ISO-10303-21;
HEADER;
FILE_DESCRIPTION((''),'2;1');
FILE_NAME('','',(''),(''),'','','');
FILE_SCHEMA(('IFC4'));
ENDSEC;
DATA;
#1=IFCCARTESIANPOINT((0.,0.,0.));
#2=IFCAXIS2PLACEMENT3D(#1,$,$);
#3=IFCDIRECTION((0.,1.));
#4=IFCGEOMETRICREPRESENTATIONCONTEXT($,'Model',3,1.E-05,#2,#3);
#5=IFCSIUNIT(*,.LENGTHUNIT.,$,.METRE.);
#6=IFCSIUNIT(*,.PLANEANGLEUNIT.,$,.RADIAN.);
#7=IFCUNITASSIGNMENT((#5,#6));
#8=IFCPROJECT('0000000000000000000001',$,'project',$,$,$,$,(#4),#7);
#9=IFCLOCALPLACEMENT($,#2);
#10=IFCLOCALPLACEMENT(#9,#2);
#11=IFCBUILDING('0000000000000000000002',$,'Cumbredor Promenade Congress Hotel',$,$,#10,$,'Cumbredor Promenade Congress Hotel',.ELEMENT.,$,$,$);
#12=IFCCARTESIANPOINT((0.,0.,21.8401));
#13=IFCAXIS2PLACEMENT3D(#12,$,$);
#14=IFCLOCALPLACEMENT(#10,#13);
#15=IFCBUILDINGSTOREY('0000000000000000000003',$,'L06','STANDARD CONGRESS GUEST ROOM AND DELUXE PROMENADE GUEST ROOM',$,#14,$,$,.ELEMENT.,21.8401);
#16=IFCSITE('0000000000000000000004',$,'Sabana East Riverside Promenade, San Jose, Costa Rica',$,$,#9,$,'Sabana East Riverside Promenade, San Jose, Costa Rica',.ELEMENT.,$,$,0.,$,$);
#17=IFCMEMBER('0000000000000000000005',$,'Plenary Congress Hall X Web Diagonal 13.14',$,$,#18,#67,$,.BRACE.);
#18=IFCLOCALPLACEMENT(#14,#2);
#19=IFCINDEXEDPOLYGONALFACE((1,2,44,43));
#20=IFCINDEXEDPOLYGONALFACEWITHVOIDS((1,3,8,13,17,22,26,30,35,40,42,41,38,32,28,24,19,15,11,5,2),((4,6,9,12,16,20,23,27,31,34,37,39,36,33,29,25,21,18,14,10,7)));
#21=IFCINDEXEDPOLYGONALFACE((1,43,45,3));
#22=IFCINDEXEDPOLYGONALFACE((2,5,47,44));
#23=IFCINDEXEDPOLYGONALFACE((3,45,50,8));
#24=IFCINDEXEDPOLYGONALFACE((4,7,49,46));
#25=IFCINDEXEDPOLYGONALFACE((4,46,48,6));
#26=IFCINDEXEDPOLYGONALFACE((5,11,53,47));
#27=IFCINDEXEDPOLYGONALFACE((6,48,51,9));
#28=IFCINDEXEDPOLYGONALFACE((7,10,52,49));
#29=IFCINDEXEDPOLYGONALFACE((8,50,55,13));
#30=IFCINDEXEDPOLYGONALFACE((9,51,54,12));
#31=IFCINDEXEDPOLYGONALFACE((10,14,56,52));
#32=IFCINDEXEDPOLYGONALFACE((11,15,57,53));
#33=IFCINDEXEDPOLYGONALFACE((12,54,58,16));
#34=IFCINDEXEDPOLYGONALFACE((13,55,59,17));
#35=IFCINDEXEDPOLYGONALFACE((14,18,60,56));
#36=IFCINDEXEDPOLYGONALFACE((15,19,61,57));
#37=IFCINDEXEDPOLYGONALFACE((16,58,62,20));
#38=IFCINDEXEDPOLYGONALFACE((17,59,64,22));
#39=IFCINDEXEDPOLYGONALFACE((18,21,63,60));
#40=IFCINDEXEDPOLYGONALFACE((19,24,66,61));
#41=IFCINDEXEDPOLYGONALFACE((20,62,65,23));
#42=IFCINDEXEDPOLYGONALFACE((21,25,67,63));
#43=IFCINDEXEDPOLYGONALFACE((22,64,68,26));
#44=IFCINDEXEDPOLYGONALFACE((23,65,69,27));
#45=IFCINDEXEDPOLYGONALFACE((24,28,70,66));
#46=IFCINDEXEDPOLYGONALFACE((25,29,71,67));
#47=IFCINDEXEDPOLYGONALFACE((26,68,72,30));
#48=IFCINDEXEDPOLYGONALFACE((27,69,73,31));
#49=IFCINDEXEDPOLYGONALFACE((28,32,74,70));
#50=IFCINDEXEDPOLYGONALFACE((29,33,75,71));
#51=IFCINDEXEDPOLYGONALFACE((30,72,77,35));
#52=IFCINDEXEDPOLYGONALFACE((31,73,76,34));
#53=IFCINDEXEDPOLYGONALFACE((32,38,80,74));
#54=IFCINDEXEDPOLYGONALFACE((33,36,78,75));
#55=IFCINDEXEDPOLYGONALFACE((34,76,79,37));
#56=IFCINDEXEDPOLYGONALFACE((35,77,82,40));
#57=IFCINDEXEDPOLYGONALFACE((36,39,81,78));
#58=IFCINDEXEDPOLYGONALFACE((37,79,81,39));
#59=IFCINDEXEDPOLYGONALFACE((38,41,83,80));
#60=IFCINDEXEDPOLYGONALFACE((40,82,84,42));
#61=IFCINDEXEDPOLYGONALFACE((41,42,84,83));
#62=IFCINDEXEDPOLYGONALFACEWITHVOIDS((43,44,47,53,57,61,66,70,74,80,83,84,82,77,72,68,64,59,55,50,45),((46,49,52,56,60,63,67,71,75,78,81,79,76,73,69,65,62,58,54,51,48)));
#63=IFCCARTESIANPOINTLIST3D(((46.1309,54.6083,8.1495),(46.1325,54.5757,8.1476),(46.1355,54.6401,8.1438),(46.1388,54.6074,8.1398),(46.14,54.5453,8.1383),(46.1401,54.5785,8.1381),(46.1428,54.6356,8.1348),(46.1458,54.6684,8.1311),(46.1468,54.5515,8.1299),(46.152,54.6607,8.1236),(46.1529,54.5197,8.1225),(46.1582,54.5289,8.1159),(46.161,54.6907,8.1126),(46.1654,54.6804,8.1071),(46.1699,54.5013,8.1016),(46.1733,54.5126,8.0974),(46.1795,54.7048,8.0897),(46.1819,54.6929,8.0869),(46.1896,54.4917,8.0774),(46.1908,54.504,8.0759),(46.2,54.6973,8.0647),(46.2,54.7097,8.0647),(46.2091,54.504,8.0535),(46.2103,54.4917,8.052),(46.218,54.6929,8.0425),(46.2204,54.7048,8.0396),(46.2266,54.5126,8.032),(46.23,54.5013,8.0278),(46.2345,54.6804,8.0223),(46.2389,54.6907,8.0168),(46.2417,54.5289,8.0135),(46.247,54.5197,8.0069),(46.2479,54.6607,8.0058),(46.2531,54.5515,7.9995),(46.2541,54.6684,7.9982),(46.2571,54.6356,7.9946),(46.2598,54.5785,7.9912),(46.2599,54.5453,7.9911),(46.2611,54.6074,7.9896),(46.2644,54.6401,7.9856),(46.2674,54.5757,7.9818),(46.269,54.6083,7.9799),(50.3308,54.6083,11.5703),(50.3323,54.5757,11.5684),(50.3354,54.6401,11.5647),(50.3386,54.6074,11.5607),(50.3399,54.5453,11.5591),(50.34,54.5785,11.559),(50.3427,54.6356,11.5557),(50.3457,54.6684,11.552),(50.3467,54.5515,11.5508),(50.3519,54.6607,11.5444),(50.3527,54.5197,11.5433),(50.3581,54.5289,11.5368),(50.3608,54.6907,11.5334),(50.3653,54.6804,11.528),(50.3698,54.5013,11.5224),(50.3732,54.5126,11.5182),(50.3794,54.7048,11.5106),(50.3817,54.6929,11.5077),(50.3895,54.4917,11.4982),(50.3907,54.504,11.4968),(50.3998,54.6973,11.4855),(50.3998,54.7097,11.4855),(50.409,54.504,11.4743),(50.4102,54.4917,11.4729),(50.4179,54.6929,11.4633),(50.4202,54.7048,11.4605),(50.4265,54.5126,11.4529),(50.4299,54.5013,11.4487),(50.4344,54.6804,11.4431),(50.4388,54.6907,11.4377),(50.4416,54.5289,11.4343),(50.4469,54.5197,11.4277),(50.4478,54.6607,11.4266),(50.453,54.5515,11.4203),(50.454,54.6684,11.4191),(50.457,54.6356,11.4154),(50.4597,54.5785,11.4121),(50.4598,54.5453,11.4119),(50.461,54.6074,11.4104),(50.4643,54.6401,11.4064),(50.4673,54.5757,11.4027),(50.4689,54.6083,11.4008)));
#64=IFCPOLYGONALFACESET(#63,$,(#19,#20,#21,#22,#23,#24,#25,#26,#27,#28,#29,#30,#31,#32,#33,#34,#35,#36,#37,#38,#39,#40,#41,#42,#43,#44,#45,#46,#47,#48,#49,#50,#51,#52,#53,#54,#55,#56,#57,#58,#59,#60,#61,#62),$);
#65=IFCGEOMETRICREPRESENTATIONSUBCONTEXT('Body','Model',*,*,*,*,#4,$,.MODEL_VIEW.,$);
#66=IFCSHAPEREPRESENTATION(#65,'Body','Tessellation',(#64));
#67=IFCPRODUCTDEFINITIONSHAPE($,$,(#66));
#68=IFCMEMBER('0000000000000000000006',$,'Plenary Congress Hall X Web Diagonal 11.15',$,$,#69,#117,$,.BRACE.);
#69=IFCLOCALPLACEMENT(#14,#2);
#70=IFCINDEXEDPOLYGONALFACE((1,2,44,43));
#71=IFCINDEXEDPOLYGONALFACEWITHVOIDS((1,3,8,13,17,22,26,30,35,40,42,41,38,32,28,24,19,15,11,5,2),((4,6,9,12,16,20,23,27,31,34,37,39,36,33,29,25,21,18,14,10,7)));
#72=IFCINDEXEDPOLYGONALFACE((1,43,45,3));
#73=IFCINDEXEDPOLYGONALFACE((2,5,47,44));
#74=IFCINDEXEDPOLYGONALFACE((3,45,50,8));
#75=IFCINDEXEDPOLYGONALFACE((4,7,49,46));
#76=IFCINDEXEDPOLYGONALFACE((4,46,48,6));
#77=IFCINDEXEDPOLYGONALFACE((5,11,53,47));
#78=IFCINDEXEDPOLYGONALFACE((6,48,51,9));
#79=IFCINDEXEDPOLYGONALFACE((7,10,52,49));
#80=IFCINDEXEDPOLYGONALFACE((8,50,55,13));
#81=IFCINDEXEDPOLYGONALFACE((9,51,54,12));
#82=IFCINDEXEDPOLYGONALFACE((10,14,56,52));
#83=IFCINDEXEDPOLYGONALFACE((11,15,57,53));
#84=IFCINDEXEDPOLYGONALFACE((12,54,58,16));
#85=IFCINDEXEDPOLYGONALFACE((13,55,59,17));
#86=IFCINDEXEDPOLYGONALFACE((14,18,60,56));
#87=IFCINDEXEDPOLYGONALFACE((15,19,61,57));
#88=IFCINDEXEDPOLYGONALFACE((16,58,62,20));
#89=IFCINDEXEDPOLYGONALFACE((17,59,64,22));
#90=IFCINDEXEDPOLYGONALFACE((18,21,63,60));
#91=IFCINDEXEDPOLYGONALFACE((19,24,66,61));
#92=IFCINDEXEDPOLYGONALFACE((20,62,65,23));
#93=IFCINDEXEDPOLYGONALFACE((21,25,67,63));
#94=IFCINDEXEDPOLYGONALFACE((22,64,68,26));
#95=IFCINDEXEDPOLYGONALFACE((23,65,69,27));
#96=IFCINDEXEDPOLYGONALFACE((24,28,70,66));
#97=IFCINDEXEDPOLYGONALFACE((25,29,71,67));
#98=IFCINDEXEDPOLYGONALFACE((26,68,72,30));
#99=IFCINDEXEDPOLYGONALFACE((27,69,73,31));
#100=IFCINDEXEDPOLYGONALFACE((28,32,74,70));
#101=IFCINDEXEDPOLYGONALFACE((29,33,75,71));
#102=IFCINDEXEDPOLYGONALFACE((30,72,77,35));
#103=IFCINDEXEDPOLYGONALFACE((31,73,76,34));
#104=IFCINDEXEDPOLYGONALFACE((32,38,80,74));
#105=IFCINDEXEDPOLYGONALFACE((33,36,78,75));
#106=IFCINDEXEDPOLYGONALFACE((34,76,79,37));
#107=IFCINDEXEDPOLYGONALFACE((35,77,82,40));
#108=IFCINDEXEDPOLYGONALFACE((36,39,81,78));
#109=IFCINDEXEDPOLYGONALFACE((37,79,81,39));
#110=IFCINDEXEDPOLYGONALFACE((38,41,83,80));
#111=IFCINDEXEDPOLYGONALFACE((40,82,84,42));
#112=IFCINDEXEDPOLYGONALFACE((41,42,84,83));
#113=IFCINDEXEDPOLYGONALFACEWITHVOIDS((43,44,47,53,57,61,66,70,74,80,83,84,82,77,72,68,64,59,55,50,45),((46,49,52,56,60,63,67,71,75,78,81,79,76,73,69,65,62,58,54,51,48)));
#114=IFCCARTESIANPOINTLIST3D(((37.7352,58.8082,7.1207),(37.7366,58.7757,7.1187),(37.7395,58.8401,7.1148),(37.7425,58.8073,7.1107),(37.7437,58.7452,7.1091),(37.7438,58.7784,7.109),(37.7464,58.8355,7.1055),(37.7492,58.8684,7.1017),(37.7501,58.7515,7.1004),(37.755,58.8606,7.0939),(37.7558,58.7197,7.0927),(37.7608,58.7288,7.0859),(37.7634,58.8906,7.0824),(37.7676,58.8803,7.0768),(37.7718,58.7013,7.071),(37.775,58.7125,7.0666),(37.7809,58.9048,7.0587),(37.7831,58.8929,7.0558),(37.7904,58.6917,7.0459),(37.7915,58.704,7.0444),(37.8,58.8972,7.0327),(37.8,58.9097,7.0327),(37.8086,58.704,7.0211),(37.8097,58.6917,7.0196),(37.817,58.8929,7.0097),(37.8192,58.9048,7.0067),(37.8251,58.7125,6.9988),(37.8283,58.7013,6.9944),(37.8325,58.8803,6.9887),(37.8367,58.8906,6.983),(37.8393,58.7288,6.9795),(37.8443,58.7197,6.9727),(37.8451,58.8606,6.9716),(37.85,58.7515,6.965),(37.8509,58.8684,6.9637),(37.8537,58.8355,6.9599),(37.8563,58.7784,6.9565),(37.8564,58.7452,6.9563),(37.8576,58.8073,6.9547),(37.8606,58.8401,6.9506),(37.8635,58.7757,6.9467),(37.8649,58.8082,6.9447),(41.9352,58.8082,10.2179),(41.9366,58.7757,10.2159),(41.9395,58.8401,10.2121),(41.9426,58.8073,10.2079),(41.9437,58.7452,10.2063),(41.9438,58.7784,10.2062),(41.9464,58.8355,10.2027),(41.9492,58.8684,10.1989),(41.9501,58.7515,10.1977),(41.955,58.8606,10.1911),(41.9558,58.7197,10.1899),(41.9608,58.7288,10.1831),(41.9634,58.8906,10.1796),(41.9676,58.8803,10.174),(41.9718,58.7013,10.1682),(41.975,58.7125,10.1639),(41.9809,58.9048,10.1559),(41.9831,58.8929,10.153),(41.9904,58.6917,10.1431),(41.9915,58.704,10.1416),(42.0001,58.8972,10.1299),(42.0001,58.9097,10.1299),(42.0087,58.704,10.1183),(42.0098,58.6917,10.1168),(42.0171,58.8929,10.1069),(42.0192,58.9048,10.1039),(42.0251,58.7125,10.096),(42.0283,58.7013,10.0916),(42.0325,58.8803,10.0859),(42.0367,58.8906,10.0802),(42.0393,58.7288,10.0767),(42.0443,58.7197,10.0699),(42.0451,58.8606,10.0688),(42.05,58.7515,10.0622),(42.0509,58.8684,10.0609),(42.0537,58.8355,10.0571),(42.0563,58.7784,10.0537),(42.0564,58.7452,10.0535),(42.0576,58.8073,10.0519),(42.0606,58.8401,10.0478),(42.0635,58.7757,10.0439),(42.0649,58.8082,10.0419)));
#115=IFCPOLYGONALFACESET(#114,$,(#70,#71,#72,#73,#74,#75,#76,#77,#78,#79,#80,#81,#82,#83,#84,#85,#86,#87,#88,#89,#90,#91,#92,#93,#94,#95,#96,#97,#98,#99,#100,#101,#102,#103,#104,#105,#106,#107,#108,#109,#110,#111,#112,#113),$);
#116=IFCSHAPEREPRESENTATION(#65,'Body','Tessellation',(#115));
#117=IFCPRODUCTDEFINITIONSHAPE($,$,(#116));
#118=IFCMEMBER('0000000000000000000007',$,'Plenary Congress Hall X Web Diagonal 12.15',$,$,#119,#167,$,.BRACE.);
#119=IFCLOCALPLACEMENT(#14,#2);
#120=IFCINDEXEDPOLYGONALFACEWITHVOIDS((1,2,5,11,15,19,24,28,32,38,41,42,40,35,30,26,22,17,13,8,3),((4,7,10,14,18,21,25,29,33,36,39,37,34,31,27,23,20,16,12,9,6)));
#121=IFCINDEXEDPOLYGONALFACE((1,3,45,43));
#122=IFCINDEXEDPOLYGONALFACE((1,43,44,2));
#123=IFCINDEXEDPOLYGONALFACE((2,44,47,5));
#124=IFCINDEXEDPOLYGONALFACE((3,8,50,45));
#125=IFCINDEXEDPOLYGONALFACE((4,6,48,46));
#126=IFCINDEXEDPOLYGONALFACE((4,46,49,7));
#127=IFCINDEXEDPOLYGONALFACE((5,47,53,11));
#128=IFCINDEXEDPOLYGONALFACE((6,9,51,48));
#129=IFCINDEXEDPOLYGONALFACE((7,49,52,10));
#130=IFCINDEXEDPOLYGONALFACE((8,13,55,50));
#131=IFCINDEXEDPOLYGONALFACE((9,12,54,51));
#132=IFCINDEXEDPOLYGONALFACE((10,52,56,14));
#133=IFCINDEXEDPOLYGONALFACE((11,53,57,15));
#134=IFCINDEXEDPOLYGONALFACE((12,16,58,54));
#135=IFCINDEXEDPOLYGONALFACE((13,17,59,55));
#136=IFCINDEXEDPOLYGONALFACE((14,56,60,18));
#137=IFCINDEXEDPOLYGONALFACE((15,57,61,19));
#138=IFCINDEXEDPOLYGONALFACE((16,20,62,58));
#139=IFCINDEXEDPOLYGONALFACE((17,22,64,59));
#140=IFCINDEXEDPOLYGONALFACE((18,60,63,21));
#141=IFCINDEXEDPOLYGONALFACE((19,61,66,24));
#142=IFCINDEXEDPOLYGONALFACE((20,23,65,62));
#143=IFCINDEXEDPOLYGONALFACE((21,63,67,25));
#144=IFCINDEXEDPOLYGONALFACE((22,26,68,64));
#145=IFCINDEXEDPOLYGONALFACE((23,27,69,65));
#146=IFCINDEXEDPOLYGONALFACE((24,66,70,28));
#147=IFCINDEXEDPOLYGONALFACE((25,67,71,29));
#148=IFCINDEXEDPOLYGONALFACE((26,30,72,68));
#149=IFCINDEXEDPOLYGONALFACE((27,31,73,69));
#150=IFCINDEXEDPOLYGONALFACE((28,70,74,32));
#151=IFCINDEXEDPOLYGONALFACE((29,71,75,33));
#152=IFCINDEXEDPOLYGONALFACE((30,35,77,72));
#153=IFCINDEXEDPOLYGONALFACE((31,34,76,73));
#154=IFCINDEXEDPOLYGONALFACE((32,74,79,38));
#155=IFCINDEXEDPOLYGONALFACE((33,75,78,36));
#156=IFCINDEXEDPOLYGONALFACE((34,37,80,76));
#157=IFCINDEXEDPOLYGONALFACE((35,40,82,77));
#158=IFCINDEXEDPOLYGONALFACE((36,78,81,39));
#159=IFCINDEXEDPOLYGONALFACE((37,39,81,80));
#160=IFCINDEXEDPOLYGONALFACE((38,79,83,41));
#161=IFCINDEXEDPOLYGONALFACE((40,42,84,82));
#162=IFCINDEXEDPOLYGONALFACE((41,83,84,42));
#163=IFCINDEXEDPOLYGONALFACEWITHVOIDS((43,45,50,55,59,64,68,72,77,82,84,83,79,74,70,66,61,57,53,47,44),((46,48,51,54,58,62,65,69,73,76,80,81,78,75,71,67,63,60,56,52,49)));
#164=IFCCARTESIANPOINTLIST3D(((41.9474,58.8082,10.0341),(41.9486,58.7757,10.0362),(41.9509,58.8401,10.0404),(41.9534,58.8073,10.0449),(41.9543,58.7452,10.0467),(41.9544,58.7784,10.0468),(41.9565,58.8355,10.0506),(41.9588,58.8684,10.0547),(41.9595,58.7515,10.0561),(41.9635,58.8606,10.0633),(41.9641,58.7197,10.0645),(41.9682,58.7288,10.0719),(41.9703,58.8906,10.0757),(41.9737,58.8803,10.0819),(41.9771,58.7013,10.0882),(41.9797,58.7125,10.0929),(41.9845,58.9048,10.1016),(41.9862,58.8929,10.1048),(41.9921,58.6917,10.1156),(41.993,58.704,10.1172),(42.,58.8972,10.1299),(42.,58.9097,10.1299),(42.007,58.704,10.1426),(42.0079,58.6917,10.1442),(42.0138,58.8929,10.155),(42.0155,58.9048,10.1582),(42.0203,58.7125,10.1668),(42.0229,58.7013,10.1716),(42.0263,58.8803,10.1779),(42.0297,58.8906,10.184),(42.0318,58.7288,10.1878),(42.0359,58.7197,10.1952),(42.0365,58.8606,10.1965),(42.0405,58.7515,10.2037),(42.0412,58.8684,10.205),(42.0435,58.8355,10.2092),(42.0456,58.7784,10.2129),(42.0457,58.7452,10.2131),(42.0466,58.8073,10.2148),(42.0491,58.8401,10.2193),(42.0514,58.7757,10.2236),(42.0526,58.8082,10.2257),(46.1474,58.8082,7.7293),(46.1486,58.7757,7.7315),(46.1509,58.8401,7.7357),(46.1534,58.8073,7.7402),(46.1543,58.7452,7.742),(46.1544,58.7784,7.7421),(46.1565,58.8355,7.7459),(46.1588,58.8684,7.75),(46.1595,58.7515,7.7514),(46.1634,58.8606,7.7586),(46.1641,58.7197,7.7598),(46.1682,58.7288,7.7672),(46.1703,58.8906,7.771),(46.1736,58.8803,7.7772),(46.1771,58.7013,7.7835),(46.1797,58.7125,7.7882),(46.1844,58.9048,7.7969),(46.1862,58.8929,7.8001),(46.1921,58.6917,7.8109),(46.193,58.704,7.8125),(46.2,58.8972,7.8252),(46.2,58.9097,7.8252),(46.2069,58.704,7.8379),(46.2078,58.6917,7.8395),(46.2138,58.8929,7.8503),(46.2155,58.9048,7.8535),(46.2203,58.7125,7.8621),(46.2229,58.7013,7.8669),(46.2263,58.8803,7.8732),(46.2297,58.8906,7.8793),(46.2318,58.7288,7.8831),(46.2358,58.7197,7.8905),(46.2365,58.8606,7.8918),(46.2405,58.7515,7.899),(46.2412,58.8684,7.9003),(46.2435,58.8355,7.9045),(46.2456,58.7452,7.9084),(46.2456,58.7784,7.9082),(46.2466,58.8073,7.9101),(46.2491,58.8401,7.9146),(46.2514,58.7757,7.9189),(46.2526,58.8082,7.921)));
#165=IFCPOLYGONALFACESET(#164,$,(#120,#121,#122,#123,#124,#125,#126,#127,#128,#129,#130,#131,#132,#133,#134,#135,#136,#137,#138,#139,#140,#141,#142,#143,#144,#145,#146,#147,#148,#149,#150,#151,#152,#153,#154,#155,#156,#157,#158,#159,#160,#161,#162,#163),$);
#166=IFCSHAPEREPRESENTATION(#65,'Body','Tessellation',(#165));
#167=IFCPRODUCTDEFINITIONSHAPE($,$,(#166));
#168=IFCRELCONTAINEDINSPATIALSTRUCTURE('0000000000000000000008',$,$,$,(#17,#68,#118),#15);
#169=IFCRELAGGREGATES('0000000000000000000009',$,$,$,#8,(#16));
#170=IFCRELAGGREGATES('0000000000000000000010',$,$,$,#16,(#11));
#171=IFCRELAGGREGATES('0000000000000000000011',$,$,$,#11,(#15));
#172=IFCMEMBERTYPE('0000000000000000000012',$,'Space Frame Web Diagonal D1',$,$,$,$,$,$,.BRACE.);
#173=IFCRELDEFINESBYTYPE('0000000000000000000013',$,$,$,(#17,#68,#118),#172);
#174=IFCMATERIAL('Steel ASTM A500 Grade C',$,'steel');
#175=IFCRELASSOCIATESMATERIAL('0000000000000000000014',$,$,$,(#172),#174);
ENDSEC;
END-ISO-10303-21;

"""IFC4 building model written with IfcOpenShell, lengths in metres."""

from ifc_helpers import new_model, si_unit, direction, frame, origin, origin_2d, place, context, subcontext, project, spatial, hollow_circle, extrude, material, material_profile, profile_set, type_object, element, save


model = new_model("IFC4")

# Units and contexts
model_context = context("Model", 3, precision=1e-05, world=origin(), true_north=direction((0.0, 1.0)))
body_context = subcontext(model_context, "Body", "Model", "MODEL_VIEW")
ifc_project = project(units=[si_unit("LENGTHUNIT", "METRE"), si_unit("PLANEANGLEUNIT", "RADIAN")], contexts=[model_context])

# Site, building, storey
site_placement = place(None, origin())
site = spatial("IfcSite", under=ifc_project, at=site_placement, Name="Sabana East Riverside Promenade, San Jose, Costa Rica", LongName="Sabana East Riverside Promenade, San Jose, Costa Rica", CompositionType="ELEMENT", RefElevation=0.0)
building_placement = place(site_placement, origin())
building = spatial("IfcBuilding", under=site, at=building_placement, Name="Cumbredor Promenade Congress Hotel", LongName="Cumbredor Promenade Congress Hotel", CompositionType="ELEMENT")
storey_placement = place(building_placement, frame((0.0, 0.0, 21.8401)))
storey = spatial("IfcBuildingStorey", under=building, at=storey_placement, Name="L06", Description="STANDARD CONGRESS GUEST ROOM AND DELUXE PROMENADE GUEST ROOM", CompositionType="ELEMENT", Elevation=21.8401)

# Members
ifc_material_1 = material(Name="Steel ASTM A500 Grade C", Category="steel")
ifc_material_profile_1 = material_profile(ifc_material_1, hollow_circle(Radius=0.1096, WallThickness=0.0125, at=origin_2d()), Name="CHS 219.1x12.5")
ifc_profile_set_1 = profile_set([ifc_material_profile_1], Name="Steel ASTM A500 Grade C")
member_type_1 = type_object("IfcMemberType", Name="Space Frame Web Diagonal D1", PredefinedType="BRACE", material=ifc_profile_set_1)
member_1_placement = place(storey_placement, frame((46.2, 54.6001, 8.0647), z_axis=(0.775351, 0.0, 0.63153), x_axis=(0.0, 1.0, 0.0)))
element("IfcMember", 1, at=member_1_placement, inside=storey, type_object=member_type_1, Name="Plenary Congress Hall X Web Diagonal 13.14", PredefinedType="BRACE", context=body_context, shape_type="SweptSolid", body=[
    extrude(hollow_circle(Radius=0.1096, WallThickness=0.0125, at=origin_2d()), origin(), (0.0, 0.0, 1.0), 5.4167),
])
member_2_placement = place(storey_placement, frame((37.8, 58.8, 7.0327), z_axis=(0.80483, 0.0, 0.593505), x_axis=(0.0, 1.0, 0.0)))
element("IfcMember", 2, at=member_2_placement, inside=storey, type_object=member_type_1, Name="Plenary Congress Hall X Web Diagonal 11.15", PredefinedType="BRACE", context=body_context, shape_type="SweptSolid", body=[
    extrude(hollow_circle(Radius=0.1096, WallThickness=0.0125, at=origin_2d()), origin(), (0.0, 0.0, 1.0), 5.2185),
])
member_3_placement = place(storey_placement, frame((42.0, 58.8, 10.1299), z_axis=(0.876681, 0.0, -0.481071), x_axis=(0.0, 1.0, 0.0)))
element("IfcMember", 3, at=member_3_placement, inside=storey, type_object=member_type_1, Name="Plenary Congress Hall X Web Diagonal 12.15", PredefinedType="BRACE", context=body_context, shape_type="SweptSolid", body=[
    extrude(hollow_circle(Radius=0.1096, WallThickness=0.0125, at=origin_2d()), origin(), (0.0, 0.0, 1.0), 4.7908),
])

save(model, "model.ifc")
